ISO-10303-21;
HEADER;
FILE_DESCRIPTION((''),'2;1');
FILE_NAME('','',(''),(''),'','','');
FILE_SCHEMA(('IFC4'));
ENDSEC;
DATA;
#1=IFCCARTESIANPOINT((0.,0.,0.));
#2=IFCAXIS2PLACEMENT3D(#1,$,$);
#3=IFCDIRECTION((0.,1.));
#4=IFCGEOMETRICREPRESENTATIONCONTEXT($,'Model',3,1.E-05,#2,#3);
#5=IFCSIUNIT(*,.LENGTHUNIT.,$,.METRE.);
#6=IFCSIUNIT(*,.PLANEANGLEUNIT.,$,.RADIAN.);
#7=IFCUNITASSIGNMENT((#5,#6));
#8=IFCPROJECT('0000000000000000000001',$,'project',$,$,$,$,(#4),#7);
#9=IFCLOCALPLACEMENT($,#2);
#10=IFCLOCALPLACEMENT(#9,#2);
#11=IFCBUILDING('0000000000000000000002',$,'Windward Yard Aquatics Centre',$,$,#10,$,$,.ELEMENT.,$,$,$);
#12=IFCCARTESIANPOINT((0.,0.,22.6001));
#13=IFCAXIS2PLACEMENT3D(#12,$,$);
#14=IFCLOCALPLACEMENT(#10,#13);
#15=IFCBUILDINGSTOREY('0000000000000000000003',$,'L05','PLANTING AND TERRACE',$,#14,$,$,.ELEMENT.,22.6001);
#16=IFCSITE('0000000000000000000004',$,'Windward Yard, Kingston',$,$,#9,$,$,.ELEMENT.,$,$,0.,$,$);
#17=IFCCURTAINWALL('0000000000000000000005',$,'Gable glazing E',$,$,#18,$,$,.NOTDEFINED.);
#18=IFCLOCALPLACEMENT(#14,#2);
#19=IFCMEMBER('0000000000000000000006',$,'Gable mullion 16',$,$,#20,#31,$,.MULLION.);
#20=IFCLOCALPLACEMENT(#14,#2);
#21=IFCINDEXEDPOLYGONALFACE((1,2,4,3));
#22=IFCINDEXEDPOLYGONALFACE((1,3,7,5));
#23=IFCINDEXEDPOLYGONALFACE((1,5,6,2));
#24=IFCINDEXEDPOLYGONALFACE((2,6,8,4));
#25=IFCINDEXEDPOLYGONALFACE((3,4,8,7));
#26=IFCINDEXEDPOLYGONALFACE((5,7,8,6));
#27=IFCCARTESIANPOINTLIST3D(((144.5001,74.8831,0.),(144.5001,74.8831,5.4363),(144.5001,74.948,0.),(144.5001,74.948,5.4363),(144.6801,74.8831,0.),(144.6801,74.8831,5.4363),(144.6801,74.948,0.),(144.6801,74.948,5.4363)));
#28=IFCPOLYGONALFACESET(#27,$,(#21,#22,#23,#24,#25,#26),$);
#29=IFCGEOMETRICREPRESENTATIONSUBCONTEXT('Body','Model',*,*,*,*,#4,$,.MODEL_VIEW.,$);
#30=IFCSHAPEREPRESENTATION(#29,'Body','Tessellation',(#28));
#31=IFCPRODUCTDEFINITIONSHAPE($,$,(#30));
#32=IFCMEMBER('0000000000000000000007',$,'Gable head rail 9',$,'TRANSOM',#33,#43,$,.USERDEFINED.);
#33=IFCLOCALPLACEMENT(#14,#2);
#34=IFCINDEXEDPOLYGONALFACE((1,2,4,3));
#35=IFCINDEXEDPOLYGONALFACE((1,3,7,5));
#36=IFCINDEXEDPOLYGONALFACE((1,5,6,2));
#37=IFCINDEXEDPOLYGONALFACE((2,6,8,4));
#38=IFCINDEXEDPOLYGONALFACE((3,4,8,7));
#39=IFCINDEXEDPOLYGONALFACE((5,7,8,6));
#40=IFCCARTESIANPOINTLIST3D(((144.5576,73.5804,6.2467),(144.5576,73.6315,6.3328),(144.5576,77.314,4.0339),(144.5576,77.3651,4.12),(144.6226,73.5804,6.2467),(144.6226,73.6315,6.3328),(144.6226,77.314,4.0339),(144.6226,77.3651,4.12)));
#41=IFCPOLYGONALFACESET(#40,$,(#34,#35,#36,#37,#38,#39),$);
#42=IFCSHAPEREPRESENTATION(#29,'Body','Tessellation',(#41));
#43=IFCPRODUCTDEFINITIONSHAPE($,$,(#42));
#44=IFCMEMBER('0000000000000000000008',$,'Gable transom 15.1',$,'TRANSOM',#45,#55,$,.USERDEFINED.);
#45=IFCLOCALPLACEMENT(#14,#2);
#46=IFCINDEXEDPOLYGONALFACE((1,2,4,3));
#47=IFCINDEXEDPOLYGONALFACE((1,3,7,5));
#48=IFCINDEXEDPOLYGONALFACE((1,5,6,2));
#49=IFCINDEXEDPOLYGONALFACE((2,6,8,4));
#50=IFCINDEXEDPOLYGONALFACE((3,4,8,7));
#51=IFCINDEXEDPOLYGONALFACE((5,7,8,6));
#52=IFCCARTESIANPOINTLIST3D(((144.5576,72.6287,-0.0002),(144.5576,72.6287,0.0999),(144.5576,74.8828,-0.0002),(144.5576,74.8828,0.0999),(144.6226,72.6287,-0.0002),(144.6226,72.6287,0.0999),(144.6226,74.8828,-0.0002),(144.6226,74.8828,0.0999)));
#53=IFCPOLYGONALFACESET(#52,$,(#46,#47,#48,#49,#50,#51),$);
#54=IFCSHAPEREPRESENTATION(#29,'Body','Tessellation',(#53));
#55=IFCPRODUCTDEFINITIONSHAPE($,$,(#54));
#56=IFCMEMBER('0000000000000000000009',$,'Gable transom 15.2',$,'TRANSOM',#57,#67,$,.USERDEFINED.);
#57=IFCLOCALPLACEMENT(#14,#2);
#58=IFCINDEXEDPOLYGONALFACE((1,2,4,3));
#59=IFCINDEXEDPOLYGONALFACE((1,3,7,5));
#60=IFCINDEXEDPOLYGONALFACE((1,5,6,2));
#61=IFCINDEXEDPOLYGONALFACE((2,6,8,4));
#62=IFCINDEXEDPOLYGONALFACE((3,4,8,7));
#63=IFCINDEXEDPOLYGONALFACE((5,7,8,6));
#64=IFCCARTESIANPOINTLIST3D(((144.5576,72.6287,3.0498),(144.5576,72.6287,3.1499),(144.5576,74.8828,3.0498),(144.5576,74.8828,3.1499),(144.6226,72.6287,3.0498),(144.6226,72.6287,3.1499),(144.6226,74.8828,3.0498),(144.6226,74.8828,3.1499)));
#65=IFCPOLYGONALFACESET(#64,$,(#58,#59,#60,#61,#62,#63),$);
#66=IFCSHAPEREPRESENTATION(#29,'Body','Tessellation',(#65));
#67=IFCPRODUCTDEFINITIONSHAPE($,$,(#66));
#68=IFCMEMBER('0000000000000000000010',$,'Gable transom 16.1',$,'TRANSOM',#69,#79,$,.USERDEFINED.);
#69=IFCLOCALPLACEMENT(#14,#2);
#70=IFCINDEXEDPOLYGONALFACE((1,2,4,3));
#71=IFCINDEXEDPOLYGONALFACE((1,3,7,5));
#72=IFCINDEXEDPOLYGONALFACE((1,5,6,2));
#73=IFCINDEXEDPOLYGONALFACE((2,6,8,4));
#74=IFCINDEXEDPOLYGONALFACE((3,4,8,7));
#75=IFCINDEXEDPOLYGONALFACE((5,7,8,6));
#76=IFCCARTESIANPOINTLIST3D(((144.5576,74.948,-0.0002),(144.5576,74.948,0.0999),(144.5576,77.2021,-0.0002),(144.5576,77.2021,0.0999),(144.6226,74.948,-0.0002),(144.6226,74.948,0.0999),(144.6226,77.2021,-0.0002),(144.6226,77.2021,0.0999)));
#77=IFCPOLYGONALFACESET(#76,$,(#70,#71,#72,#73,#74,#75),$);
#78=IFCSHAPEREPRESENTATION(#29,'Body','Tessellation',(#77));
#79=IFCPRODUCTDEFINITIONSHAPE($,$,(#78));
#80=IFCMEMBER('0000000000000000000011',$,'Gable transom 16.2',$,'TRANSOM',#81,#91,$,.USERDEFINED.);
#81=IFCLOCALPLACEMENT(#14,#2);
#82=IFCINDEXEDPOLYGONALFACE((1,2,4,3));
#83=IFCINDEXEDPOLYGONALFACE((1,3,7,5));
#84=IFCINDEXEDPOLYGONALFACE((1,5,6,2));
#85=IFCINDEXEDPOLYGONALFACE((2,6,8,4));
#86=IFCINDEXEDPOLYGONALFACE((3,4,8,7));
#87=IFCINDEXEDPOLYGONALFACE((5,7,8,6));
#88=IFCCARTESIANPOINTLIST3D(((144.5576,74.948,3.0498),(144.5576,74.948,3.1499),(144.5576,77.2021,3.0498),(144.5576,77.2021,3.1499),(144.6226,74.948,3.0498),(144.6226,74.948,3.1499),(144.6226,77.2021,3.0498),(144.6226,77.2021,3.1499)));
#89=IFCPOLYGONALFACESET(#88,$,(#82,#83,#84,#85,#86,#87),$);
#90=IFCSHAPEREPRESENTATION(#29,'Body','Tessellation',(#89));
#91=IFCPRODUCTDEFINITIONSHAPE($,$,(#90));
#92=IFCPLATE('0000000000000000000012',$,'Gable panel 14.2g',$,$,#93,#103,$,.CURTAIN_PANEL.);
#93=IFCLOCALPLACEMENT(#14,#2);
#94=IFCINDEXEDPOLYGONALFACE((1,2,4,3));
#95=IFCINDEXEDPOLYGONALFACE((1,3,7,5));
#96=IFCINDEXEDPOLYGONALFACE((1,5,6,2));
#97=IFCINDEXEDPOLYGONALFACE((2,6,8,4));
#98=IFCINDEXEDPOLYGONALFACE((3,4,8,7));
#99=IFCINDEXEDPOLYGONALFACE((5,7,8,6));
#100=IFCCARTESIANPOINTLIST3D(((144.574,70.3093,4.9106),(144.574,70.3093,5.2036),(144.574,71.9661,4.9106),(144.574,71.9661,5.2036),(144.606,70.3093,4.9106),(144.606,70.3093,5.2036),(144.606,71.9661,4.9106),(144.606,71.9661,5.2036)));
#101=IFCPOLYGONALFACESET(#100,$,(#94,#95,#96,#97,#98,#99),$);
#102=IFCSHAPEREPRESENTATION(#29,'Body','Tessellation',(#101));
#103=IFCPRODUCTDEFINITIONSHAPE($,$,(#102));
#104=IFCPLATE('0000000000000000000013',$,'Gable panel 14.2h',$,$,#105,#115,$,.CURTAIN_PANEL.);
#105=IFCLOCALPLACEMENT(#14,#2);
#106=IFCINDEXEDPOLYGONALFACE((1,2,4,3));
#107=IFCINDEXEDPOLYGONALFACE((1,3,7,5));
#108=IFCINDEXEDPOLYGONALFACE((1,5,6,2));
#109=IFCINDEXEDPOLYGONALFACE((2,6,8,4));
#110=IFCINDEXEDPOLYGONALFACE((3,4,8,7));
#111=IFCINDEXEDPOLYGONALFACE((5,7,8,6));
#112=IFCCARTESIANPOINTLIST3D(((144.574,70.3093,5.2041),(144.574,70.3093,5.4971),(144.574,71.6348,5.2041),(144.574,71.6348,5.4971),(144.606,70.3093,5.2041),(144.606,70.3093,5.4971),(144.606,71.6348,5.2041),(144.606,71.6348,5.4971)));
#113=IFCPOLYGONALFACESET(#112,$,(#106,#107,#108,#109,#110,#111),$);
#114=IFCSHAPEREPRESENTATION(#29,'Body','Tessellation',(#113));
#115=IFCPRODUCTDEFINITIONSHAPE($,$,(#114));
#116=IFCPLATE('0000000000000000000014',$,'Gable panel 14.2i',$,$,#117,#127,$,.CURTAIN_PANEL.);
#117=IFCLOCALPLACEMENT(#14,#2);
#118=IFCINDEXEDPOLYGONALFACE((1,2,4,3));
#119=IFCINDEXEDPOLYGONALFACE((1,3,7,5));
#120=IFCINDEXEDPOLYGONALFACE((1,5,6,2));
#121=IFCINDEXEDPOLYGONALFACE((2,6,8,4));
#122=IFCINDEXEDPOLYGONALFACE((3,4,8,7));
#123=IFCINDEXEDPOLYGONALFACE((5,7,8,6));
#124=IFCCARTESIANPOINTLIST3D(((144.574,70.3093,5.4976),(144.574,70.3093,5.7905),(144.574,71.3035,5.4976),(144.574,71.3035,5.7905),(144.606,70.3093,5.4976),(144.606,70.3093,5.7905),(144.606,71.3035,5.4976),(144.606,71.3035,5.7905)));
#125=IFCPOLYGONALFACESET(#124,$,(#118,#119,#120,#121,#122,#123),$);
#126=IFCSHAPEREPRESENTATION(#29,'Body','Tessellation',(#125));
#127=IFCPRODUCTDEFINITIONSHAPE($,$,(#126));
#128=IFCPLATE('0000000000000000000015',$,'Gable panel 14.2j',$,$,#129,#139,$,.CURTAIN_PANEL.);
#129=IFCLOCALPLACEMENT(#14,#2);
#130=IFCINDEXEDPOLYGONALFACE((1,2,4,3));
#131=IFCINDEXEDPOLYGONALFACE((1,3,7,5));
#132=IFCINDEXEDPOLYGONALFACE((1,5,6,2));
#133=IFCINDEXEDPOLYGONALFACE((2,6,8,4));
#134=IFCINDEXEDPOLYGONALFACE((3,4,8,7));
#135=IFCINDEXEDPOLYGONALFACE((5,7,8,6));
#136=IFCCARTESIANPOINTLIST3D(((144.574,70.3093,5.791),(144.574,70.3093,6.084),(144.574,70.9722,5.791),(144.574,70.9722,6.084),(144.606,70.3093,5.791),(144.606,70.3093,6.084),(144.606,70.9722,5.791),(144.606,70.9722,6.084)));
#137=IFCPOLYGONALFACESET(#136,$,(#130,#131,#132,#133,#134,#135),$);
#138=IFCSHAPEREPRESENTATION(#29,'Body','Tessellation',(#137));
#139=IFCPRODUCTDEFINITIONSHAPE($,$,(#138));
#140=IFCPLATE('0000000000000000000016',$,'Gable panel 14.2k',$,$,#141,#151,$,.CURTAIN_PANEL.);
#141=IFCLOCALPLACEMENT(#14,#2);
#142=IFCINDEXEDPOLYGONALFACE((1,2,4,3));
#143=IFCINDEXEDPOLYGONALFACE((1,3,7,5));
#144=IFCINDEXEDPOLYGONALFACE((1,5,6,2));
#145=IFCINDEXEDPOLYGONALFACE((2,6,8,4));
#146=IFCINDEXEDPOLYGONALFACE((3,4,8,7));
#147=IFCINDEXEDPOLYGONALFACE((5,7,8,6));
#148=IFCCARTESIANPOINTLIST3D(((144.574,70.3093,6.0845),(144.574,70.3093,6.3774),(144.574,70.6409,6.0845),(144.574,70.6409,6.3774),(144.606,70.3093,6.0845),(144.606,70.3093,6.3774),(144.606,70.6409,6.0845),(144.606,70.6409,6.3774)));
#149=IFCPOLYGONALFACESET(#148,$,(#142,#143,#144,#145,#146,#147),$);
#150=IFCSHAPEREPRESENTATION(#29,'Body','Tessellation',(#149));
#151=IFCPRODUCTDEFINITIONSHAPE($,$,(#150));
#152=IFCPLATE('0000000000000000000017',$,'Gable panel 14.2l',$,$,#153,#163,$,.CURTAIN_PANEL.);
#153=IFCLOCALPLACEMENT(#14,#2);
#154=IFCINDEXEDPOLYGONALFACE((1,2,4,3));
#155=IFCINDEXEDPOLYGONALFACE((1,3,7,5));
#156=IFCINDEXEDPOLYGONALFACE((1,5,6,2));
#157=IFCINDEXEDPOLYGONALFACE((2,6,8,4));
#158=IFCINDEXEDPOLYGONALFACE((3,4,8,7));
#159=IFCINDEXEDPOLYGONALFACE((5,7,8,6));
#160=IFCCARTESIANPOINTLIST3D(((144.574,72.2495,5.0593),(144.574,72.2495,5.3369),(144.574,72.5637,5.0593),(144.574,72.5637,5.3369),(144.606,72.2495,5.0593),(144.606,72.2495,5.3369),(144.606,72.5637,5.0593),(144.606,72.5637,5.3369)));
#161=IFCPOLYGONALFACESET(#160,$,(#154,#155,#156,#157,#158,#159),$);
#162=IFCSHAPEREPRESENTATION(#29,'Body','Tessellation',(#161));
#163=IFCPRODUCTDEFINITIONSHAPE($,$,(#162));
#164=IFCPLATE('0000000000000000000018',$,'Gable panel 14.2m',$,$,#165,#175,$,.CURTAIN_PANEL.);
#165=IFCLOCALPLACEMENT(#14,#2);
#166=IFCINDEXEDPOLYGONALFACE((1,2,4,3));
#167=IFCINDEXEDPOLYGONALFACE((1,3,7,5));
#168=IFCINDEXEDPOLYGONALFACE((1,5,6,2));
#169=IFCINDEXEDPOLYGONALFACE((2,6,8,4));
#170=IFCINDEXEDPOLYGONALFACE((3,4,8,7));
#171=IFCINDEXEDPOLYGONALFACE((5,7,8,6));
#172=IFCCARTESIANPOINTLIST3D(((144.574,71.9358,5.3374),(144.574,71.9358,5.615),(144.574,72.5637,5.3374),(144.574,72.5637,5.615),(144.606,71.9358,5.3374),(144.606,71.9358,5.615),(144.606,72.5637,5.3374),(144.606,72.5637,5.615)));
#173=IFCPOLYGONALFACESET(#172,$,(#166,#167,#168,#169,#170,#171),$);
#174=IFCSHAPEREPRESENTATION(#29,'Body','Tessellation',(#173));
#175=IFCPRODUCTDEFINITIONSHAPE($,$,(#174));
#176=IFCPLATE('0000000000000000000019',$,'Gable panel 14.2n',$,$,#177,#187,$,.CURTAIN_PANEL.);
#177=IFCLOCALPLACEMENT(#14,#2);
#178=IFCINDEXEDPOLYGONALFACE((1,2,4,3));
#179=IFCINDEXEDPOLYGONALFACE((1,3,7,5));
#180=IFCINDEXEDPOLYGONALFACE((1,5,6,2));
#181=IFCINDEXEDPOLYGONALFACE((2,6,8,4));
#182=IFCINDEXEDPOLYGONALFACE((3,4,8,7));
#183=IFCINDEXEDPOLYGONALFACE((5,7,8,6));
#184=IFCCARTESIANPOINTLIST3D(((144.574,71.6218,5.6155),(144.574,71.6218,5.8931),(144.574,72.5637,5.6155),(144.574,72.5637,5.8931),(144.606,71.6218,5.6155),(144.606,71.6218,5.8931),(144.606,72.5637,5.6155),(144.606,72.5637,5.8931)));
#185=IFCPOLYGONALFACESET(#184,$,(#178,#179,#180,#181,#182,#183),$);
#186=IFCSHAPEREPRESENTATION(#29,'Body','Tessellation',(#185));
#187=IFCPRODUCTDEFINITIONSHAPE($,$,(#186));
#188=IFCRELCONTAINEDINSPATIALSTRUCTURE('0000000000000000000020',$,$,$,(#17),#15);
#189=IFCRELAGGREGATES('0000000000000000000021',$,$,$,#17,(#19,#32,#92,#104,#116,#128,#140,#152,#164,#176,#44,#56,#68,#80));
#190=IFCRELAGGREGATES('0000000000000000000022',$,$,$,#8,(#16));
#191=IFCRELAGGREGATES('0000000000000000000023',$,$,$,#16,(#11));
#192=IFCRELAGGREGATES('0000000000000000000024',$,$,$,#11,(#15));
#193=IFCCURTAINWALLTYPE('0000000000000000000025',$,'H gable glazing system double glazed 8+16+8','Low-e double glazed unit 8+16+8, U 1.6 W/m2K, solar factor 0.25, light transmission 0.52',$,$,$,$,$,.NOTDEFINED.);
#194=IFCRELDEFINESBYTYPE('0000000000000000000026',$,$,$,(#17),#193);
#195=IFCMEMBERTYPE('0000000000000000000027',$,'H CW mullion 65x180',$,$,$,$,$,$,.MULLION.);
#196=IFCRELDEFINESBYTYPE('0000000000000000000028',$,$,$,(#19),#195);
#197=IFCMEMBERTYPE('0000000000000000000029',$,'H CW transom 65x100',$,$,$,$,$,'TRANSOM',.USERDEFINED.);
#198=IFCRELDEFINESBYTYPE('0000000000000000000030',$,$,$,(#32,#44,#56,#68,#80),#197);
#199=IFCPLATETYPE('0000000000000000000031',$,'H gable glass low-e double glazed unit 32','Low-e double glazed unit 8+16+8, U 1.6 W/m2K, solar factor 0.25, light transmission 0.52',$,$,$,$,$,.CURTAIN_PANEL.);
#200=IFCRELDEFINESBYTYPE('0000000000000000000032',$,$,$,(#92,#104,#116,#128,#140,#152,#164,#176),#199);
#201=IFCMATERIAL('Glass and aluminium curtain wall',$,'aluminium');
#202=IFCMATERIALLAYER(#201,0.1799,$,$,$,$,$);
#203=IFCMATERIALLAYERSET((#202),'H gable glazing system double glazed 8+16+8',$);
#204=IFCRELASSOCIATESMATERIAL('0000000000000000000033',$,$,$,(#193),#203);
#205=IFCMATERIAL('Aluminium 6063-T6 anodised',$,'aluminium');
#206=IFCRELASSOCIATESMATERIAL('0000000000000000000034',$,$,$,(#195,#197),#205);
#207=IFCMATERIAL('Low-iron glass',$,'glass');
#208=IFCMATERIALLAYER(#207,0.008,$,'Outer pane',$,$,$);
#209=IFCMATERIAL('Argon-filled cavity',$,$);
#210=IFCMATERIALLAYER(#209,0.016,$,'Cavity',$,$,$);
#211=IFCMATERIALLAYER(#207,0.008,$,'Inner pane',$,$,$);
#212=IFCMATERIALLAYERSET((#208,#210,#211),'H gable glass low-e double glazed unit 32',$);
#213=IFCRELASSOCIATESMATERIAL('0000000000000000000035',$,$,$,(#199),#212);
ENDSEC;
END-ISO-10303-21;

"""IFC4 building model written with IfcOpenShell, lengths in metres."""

from ifc_helpers import new_model, si_unit, direction, frame, origin, origin_2d, place, context, subcontext, project, spatial, polyline, rectangle, outline, extrude, material, layer, layer_set, material_profile, profile_set, type_object, element, aggregate, save


model = new_model("IFC4")

# Units and contexts
model_context = context("Model", 3, precision=1e-05, world=origin(), true_north=direction((0.0, 1.0)))
body_context = subcontext(model_context, "Body", "Model", "MODEL_VIEW")
ifc_project = project(units=[si_unit("LENGTHUNIT", "METRE"), si_unit("PLANEANGLEUNIT", "RADIAN")], contexts=[model_context])

# Site, building, storey
site_placement = place(None, origin())
site = spatial("IfcSite", under=ifc_project, at=site_placement, Name="Windward Yard, Kingston", CompositionType="ELEMENT", RefElevation=0.0)
building_placement = place(site_placement, origin())
building = spatial("IfcBuilding", under=site, at=building_placement, Name="Windward Yard Aquatics Centre", CompositionType="ELEMENT")
storey_placement = place(building_placement, frame((0.0, 0.0, 22.6001)))
storey = spatial("IfcBuildingStorey", under=building, at=storey_placement, Name="L05", Description="PLANTING AND TERRACE", CompositionType="ELEMENT", Elevation=22.6001)

# Curtain wall, members, plates
ifc_material_1 = material(Name="Glass and aluminium curtain wall", Category="aluminium")
ifc_layer_1 = layer(ifc_material_1, 0.1799)
ifc_layer_set_1 = layer_set([ifc_layer_1], Name="H gable glazing system double glazed 8+16+8")
curtain_wall_type = type_object("IfcCurtainWallType", Name="H gable glazing system double glazed 8+16+8", Description="Low-e double glazed unit 8+16+8, U 1.6 W/m2K, solar factor 0.25, light transmission 0.52", PredefinedType="NOTDEFINED", material=ifc_layer_set_1)
curtain_wall_placement = place(storey_placement, origin())
curtain_wall = element("IfcCurtainWall", 1, at=curtain_wall_placement, inside=storey, type_object=curtain_wall_type, Name="Gable glazing E", PredefinedType="NOTDEFINED")
ifc_material_2 = material(Name="Aluminium 6063-T6 anodised", Category="aluminium")
ifc_material_profile_1 = material_profile(ifc_material_2, rectangle(XDim=0.0649, YDim=0.1799, at=origin_2d()), Name="H CW mullion 65x180")
ifc_profile_set_1 = profile_set([ifc_material_profile_1], Name="Aluminium 6063-T6 anodised")
member_type_1 = type_object("IfcMemberType", Name="H CW mullion 65x180", PredefinedType="MULLION", material=ifc_profile_set_1)
member_1_placement = place(storey_placement, frame((144.5901, 74.9155, 0.0), z_axis=(0.0, 0.0, 1.0), x_axis=(0.0, 1.0, 0.0)))
member_1 = element("IfcMember", 2, at=member_1_placement, type_object=member_type_1, Name="Gable mullion 16", PredefinedType="MULLION", context=body_context, shape_type="SweptSolid", body=[
    extrude(rectangle(XDim=0.0649, YDim=0.1799, at=origin_2d()), origin(), (0.0, 0.0, 1.0), 5.4363),
])
ifc_material_profile_2 = material_profile(ifc_material_2, rectangle(XDim=0.0649, YDim=0.1001, at=origin_2d()), Name="H CW transom 65x100")
ifc_profile_set_2 = profile_set([ifc_material_profile_2], Name="Aluminium 6063-T6 anodised")
member_type_2 = type_object("IfcMemberType", Name="H CW transom 65x100", ElementType="TRANSOM", PredefinedType="USERDEFINED", material=ifc_profile_set_2)
member_2_placement = place(storey_placement, frame((144.5901, 73.606, 6.2898), z_axis=(0.0, 0.860255, -0.509864), x_axis=(-1.0, 0.0, 0.0)))
member_2 = element("IfcMember", 3, at=member_2_placement, type_object=member_type_2, Name="Gable head rail 9", ObjectType="TRANSOM", PredefinedType="USERDEFINED", context=body_context, shape_type="SweptSolid", body=[
    extrude(rectangle(XDim=0.0649, YDim=0.1001, at=origin_2d()), origin(), (0.0, 0.0, 1.0), 4.3401),
])
member_3_placement = place(storey_placement, frame((144.5901, 72.6287, 0.0498), z_axis=(0.0, 1.0, 0.0), x_axis=(-1.0, 0.0, 0.0)))
member_3 = element("IfcMember", 4, at=member_3_placement, type_object=member_type_2, Name="Gable transom 15.1", ObjectType="TRANSOM", PredefinedType="USERDEFINED", context=body_context, shape_type="SweptSolid", body=[
    extrude(rectangle(XDim=0.0649, YDim=0.1001, at=origin_2d()), origin(), (0.0, 0.0, 1.0), 2.2542),
])
member_4_placement = place(storey_placement, frame((144.5901, 72.6287, 3.0999), z_axis=(0.0, 1.0, 0.0), x_axis=(-1.0, 0.0, 0.0)))
member_4 = element("IfcMember", 5, at=member_4_placement, type_object=member_type_2, Name="Gable transom 15.2", ObjectType="TRANSOM", PredefinedType="USERDEFINED", context=body_context, shape_type="SweptSolid", body=[
    extrude(rectangle(XDim=0.0649, YDim=0.1001, at=origin_2d()), origin(), (0.0, 0.0, 1.0), 2.2542),
])
member_5_placement = place(storey_placement, frame((144.5901, 74.948, 0.0498), z_axis=(0.0, 1.0, 0.0), x_axis=(-1.0, 0.0, 0.0)))
member_5 = element("IfcMember", 6, at=member_5_placement, type_object=member_type_2, Name="Gable transom 16.1", ObjectType="TRANSOM", PredefinedType="USERDEFINED", context=body_context, shape_type="SweptSolid", body=[
    extrude(rectangle(XDim=0.0649, YDim=0.1001, at=origin_2d()), origin(), (0.0, 0.0, 1.0), 2.2542),
])
member_6_placement = place(storey_placement, frame((144.5901, 74.948, 3.0999), z_axis=(0.0, 1.0, 0.0), x_axis=(-1.0, 0.0, 0.0)))
member_6 = element("IfcMember", 7, at=member_6_placement, type_object=member_type_2, Name="Gable transom 16.2", ObjectType="TRANSOM", PredefinedType="USERDEFINED", context=body_context, shape_type="SweptSolid", body=[
    extrude(rectangle(XDim=0.0649, YDim=0.1001, at=origin_2d()), origin(), (0.0, 0.0, 1.0), 2.2542),
])
ifc_material_3 = material(Name="Low-iron glass", Category="glass")
ifc_layer_2 = layer(ifc_material_3, 0.008, Name="Outer pane")
ifc_material_4 = material(Name="Argon-filled cavity")
ifc_layer_3 = layer(ifc_material_4, 0.016, Name="Cavity")
ifc_layer_4 = layer(ifc_material_3, 0.008, Name="Inner pane")
ifc_layer_set_2 = layer_set([ifc_layer_2, ifc_layer_3, ifc_layer_4], Name="H gable glass low-e double glazed unit 32")
plate_type = type_object("IfcPlateType", Name="H gable glass low-e double glazed unit 32", Description="Low-e double glazed unit 8+16+8, U 1.6 W/m2K, solar factor 0.25, light transmission 0.52", PredefinedType="CURTAIN_PANEL", material=ifc_layer_set_2)
plate_1_placement = place(storey_placement, frame((144.606, 70.3093, 4.9106), z_axis=(1.0, 0.0, 0.0), x_axis=(0.0, 1.0, 0.0)))
plate_1 = element("IfcPlate", 8, at=plate_1_placement, type_object=plate_type, Name="Gable panel 14.2g", PredefinedType="CURTAIN_PANEL", context=body_context, shape_type="SweptSolid", body=[
    extrude(outline(polyline([(0.0, 0.0), (1.6567, 0.0), (1.6567, 0.293), (0.0, 0.293), (0.0, 0.0)])), origin(), (0.0, 0.0, -1.0), 0.032),
])
plate_2_placement = place(storey_placement, frame((144.606, 70.3093, 5.2041), z_axis=(1.0, 0.0, 0.0), x_axis=(0.0, 1.0, 0.0)))
plate_2 = element("IfcPlate", 9, at=plate_2_placement, type_object=plate_type, Name="Gable panel 14.2h", PredefinedType="CURTAIN_PANEL", context=body_context, shape_type="SweptSolid", body=[
    extrude(outline(polyline([(0.0, 0.0), (1.3254, 0.0), (1.3254, 0.293), (0.0, 0.293), (0.0, 0.0)])), origin(), (0.0, 0.0, -1.0), 0.032),
])
plate_3_placement = place(storey_placement, frame((144.606, 70.3093, 5.4976), z_axis=(1.0, 0.0, 0.0), x_axis=(0.0, 1.0, 0.0)))
plate_3 = element("IfcPlate", 10, at=plate_3_placement, type_object=plate_type, Name="Gable panel 14.2i", PredefinedType="CURTAIN_PANEL", context=body_context, shape_type="SweptSolid", body=[
    extrude(outline(polyline([(0.0, 0.0), (0.9941, 0.0), (0.9941, 0.293), (0.0, 0.293), (0.0, 0.0)])), origin(), (0.0, 0.0, -1.0), 0.032),
])
plate_4_placement = place(storey_placement, frame((144.606, 70.3093, 5.791), z_axis=(1.0, 0.0, 0.0), x_axis=(0.0, 1.0, 0.0)))
plate_4 = element("IfcPlate", 11, at=plate_4_placement, type_object=plate_type, Name="Gable panel 14.2j", PredefinedType="CURTAIN_PANEL", context=body_context, shape_type="SweptSolid", body=[
    extrude(outline(polyline([(0.0, 0.0), (0.6628, 0.0), (0.6628, 0.293), (0.0, 0.293), (0.0, 0.0)])), origin(), (0.0, 0.0, -1.0), 0.032),
])
plate_5_placement = place(storey_placement, frame((144.606, 70.3093, 6.0845), z_axis=(1.0, 0.0, 0.0), x_axis=(0.0, 1.0, 0.0)))
plate_5 = element("IfcPlate", 12, at=plate_5_placement, type_object=plate_type, Name="Gable panel 14.2k", PredefinedType="CURTAIN_PANEL", context=body_context, shape_type="SweptSolid", body=[
    extrude(outline(polyline([(0.0, 0.0), (0.3315, 0.0), (0.3315, 0.293), (0.0, 0.293), (0.0, 0.0)])), origin(), (0.0, 0.0, -1.0), 0.032),
])
plate_6_placement = place(storey_placement, frame((144.606, 72.2495, 5.0593), z_axis=(1.0, 0.0, 0.0), x_axis=(0.0, 1.0, 0.0)))
plate_6 = element("IfcPlate", 13, at=plate_6_placement, type_object=plate_type, Name="Gable panel 14.2l", PredefinedType="CURTAIN_PANEL", context=body_context, shape_type="SweptSolid", body=[
    extrude(outline(polyline([(0.0, 0.0), (0.3142, 0.0), (0.3142, 0.2776), (0.0, 0.2776), (0.0, 0.0)])), origin(), (0.0, 0.0, -1.0), 0.032),
])
plate_7_placement = place(storey_placement, frame((144.606, 71.9358, 5.3374), z_axis=(1.0, 0.0, 0.0), x_axis=(0.0, 1.0, 0.0)))
plate_7 = element("IfcPlate", 14, at=plate_7_placement, type_object=plate_type, Name="Gable panel 14.2m", PredefinedType="CURTAIN_PANEL", context=body_context, shape_type="SweptSolid", body=[
    extrude(outline(polyline([(0.0, 0.0), (0.6279, 0.0), (0.6279, 0.2776), (0.0, 0.2776), (0.0, 0.0)])), origin(), (0.0, 0.0, -1.0), 0.032),
])
plate_8_placement = place(storey_placement, frame((144.606, 71.6218, 5.6155), z_axis=(1.0, 0.0, 0.0), x_axis=(0.0, 1.0, 0.0)))
plate_8 = element("IfcPlate", 15, at=plate_8_placement, type_object=plate_type, Name="Gable panel 14.2n", PredefinedType="CURTAIN_PANEL", context=body_context, shape_type="SweptSolid", body=[
    extrude(outline(polyline([(0.0, 0.0), (0.9419, 0.0), (0.9419, 0.2776), (0.0, 0.2776), (0.0, 0.0)])), origin(), (0.0, 0.0, -1.0), 0.032),
])
aggregate(curtain_wall, [member_1, member_2, plate_1, plate_2, plate_3, plate_4, plate_5, plate_6, plate_7, plate_8, member_3, member_4, member_5, member_6])

save(model, "model.ifc")
